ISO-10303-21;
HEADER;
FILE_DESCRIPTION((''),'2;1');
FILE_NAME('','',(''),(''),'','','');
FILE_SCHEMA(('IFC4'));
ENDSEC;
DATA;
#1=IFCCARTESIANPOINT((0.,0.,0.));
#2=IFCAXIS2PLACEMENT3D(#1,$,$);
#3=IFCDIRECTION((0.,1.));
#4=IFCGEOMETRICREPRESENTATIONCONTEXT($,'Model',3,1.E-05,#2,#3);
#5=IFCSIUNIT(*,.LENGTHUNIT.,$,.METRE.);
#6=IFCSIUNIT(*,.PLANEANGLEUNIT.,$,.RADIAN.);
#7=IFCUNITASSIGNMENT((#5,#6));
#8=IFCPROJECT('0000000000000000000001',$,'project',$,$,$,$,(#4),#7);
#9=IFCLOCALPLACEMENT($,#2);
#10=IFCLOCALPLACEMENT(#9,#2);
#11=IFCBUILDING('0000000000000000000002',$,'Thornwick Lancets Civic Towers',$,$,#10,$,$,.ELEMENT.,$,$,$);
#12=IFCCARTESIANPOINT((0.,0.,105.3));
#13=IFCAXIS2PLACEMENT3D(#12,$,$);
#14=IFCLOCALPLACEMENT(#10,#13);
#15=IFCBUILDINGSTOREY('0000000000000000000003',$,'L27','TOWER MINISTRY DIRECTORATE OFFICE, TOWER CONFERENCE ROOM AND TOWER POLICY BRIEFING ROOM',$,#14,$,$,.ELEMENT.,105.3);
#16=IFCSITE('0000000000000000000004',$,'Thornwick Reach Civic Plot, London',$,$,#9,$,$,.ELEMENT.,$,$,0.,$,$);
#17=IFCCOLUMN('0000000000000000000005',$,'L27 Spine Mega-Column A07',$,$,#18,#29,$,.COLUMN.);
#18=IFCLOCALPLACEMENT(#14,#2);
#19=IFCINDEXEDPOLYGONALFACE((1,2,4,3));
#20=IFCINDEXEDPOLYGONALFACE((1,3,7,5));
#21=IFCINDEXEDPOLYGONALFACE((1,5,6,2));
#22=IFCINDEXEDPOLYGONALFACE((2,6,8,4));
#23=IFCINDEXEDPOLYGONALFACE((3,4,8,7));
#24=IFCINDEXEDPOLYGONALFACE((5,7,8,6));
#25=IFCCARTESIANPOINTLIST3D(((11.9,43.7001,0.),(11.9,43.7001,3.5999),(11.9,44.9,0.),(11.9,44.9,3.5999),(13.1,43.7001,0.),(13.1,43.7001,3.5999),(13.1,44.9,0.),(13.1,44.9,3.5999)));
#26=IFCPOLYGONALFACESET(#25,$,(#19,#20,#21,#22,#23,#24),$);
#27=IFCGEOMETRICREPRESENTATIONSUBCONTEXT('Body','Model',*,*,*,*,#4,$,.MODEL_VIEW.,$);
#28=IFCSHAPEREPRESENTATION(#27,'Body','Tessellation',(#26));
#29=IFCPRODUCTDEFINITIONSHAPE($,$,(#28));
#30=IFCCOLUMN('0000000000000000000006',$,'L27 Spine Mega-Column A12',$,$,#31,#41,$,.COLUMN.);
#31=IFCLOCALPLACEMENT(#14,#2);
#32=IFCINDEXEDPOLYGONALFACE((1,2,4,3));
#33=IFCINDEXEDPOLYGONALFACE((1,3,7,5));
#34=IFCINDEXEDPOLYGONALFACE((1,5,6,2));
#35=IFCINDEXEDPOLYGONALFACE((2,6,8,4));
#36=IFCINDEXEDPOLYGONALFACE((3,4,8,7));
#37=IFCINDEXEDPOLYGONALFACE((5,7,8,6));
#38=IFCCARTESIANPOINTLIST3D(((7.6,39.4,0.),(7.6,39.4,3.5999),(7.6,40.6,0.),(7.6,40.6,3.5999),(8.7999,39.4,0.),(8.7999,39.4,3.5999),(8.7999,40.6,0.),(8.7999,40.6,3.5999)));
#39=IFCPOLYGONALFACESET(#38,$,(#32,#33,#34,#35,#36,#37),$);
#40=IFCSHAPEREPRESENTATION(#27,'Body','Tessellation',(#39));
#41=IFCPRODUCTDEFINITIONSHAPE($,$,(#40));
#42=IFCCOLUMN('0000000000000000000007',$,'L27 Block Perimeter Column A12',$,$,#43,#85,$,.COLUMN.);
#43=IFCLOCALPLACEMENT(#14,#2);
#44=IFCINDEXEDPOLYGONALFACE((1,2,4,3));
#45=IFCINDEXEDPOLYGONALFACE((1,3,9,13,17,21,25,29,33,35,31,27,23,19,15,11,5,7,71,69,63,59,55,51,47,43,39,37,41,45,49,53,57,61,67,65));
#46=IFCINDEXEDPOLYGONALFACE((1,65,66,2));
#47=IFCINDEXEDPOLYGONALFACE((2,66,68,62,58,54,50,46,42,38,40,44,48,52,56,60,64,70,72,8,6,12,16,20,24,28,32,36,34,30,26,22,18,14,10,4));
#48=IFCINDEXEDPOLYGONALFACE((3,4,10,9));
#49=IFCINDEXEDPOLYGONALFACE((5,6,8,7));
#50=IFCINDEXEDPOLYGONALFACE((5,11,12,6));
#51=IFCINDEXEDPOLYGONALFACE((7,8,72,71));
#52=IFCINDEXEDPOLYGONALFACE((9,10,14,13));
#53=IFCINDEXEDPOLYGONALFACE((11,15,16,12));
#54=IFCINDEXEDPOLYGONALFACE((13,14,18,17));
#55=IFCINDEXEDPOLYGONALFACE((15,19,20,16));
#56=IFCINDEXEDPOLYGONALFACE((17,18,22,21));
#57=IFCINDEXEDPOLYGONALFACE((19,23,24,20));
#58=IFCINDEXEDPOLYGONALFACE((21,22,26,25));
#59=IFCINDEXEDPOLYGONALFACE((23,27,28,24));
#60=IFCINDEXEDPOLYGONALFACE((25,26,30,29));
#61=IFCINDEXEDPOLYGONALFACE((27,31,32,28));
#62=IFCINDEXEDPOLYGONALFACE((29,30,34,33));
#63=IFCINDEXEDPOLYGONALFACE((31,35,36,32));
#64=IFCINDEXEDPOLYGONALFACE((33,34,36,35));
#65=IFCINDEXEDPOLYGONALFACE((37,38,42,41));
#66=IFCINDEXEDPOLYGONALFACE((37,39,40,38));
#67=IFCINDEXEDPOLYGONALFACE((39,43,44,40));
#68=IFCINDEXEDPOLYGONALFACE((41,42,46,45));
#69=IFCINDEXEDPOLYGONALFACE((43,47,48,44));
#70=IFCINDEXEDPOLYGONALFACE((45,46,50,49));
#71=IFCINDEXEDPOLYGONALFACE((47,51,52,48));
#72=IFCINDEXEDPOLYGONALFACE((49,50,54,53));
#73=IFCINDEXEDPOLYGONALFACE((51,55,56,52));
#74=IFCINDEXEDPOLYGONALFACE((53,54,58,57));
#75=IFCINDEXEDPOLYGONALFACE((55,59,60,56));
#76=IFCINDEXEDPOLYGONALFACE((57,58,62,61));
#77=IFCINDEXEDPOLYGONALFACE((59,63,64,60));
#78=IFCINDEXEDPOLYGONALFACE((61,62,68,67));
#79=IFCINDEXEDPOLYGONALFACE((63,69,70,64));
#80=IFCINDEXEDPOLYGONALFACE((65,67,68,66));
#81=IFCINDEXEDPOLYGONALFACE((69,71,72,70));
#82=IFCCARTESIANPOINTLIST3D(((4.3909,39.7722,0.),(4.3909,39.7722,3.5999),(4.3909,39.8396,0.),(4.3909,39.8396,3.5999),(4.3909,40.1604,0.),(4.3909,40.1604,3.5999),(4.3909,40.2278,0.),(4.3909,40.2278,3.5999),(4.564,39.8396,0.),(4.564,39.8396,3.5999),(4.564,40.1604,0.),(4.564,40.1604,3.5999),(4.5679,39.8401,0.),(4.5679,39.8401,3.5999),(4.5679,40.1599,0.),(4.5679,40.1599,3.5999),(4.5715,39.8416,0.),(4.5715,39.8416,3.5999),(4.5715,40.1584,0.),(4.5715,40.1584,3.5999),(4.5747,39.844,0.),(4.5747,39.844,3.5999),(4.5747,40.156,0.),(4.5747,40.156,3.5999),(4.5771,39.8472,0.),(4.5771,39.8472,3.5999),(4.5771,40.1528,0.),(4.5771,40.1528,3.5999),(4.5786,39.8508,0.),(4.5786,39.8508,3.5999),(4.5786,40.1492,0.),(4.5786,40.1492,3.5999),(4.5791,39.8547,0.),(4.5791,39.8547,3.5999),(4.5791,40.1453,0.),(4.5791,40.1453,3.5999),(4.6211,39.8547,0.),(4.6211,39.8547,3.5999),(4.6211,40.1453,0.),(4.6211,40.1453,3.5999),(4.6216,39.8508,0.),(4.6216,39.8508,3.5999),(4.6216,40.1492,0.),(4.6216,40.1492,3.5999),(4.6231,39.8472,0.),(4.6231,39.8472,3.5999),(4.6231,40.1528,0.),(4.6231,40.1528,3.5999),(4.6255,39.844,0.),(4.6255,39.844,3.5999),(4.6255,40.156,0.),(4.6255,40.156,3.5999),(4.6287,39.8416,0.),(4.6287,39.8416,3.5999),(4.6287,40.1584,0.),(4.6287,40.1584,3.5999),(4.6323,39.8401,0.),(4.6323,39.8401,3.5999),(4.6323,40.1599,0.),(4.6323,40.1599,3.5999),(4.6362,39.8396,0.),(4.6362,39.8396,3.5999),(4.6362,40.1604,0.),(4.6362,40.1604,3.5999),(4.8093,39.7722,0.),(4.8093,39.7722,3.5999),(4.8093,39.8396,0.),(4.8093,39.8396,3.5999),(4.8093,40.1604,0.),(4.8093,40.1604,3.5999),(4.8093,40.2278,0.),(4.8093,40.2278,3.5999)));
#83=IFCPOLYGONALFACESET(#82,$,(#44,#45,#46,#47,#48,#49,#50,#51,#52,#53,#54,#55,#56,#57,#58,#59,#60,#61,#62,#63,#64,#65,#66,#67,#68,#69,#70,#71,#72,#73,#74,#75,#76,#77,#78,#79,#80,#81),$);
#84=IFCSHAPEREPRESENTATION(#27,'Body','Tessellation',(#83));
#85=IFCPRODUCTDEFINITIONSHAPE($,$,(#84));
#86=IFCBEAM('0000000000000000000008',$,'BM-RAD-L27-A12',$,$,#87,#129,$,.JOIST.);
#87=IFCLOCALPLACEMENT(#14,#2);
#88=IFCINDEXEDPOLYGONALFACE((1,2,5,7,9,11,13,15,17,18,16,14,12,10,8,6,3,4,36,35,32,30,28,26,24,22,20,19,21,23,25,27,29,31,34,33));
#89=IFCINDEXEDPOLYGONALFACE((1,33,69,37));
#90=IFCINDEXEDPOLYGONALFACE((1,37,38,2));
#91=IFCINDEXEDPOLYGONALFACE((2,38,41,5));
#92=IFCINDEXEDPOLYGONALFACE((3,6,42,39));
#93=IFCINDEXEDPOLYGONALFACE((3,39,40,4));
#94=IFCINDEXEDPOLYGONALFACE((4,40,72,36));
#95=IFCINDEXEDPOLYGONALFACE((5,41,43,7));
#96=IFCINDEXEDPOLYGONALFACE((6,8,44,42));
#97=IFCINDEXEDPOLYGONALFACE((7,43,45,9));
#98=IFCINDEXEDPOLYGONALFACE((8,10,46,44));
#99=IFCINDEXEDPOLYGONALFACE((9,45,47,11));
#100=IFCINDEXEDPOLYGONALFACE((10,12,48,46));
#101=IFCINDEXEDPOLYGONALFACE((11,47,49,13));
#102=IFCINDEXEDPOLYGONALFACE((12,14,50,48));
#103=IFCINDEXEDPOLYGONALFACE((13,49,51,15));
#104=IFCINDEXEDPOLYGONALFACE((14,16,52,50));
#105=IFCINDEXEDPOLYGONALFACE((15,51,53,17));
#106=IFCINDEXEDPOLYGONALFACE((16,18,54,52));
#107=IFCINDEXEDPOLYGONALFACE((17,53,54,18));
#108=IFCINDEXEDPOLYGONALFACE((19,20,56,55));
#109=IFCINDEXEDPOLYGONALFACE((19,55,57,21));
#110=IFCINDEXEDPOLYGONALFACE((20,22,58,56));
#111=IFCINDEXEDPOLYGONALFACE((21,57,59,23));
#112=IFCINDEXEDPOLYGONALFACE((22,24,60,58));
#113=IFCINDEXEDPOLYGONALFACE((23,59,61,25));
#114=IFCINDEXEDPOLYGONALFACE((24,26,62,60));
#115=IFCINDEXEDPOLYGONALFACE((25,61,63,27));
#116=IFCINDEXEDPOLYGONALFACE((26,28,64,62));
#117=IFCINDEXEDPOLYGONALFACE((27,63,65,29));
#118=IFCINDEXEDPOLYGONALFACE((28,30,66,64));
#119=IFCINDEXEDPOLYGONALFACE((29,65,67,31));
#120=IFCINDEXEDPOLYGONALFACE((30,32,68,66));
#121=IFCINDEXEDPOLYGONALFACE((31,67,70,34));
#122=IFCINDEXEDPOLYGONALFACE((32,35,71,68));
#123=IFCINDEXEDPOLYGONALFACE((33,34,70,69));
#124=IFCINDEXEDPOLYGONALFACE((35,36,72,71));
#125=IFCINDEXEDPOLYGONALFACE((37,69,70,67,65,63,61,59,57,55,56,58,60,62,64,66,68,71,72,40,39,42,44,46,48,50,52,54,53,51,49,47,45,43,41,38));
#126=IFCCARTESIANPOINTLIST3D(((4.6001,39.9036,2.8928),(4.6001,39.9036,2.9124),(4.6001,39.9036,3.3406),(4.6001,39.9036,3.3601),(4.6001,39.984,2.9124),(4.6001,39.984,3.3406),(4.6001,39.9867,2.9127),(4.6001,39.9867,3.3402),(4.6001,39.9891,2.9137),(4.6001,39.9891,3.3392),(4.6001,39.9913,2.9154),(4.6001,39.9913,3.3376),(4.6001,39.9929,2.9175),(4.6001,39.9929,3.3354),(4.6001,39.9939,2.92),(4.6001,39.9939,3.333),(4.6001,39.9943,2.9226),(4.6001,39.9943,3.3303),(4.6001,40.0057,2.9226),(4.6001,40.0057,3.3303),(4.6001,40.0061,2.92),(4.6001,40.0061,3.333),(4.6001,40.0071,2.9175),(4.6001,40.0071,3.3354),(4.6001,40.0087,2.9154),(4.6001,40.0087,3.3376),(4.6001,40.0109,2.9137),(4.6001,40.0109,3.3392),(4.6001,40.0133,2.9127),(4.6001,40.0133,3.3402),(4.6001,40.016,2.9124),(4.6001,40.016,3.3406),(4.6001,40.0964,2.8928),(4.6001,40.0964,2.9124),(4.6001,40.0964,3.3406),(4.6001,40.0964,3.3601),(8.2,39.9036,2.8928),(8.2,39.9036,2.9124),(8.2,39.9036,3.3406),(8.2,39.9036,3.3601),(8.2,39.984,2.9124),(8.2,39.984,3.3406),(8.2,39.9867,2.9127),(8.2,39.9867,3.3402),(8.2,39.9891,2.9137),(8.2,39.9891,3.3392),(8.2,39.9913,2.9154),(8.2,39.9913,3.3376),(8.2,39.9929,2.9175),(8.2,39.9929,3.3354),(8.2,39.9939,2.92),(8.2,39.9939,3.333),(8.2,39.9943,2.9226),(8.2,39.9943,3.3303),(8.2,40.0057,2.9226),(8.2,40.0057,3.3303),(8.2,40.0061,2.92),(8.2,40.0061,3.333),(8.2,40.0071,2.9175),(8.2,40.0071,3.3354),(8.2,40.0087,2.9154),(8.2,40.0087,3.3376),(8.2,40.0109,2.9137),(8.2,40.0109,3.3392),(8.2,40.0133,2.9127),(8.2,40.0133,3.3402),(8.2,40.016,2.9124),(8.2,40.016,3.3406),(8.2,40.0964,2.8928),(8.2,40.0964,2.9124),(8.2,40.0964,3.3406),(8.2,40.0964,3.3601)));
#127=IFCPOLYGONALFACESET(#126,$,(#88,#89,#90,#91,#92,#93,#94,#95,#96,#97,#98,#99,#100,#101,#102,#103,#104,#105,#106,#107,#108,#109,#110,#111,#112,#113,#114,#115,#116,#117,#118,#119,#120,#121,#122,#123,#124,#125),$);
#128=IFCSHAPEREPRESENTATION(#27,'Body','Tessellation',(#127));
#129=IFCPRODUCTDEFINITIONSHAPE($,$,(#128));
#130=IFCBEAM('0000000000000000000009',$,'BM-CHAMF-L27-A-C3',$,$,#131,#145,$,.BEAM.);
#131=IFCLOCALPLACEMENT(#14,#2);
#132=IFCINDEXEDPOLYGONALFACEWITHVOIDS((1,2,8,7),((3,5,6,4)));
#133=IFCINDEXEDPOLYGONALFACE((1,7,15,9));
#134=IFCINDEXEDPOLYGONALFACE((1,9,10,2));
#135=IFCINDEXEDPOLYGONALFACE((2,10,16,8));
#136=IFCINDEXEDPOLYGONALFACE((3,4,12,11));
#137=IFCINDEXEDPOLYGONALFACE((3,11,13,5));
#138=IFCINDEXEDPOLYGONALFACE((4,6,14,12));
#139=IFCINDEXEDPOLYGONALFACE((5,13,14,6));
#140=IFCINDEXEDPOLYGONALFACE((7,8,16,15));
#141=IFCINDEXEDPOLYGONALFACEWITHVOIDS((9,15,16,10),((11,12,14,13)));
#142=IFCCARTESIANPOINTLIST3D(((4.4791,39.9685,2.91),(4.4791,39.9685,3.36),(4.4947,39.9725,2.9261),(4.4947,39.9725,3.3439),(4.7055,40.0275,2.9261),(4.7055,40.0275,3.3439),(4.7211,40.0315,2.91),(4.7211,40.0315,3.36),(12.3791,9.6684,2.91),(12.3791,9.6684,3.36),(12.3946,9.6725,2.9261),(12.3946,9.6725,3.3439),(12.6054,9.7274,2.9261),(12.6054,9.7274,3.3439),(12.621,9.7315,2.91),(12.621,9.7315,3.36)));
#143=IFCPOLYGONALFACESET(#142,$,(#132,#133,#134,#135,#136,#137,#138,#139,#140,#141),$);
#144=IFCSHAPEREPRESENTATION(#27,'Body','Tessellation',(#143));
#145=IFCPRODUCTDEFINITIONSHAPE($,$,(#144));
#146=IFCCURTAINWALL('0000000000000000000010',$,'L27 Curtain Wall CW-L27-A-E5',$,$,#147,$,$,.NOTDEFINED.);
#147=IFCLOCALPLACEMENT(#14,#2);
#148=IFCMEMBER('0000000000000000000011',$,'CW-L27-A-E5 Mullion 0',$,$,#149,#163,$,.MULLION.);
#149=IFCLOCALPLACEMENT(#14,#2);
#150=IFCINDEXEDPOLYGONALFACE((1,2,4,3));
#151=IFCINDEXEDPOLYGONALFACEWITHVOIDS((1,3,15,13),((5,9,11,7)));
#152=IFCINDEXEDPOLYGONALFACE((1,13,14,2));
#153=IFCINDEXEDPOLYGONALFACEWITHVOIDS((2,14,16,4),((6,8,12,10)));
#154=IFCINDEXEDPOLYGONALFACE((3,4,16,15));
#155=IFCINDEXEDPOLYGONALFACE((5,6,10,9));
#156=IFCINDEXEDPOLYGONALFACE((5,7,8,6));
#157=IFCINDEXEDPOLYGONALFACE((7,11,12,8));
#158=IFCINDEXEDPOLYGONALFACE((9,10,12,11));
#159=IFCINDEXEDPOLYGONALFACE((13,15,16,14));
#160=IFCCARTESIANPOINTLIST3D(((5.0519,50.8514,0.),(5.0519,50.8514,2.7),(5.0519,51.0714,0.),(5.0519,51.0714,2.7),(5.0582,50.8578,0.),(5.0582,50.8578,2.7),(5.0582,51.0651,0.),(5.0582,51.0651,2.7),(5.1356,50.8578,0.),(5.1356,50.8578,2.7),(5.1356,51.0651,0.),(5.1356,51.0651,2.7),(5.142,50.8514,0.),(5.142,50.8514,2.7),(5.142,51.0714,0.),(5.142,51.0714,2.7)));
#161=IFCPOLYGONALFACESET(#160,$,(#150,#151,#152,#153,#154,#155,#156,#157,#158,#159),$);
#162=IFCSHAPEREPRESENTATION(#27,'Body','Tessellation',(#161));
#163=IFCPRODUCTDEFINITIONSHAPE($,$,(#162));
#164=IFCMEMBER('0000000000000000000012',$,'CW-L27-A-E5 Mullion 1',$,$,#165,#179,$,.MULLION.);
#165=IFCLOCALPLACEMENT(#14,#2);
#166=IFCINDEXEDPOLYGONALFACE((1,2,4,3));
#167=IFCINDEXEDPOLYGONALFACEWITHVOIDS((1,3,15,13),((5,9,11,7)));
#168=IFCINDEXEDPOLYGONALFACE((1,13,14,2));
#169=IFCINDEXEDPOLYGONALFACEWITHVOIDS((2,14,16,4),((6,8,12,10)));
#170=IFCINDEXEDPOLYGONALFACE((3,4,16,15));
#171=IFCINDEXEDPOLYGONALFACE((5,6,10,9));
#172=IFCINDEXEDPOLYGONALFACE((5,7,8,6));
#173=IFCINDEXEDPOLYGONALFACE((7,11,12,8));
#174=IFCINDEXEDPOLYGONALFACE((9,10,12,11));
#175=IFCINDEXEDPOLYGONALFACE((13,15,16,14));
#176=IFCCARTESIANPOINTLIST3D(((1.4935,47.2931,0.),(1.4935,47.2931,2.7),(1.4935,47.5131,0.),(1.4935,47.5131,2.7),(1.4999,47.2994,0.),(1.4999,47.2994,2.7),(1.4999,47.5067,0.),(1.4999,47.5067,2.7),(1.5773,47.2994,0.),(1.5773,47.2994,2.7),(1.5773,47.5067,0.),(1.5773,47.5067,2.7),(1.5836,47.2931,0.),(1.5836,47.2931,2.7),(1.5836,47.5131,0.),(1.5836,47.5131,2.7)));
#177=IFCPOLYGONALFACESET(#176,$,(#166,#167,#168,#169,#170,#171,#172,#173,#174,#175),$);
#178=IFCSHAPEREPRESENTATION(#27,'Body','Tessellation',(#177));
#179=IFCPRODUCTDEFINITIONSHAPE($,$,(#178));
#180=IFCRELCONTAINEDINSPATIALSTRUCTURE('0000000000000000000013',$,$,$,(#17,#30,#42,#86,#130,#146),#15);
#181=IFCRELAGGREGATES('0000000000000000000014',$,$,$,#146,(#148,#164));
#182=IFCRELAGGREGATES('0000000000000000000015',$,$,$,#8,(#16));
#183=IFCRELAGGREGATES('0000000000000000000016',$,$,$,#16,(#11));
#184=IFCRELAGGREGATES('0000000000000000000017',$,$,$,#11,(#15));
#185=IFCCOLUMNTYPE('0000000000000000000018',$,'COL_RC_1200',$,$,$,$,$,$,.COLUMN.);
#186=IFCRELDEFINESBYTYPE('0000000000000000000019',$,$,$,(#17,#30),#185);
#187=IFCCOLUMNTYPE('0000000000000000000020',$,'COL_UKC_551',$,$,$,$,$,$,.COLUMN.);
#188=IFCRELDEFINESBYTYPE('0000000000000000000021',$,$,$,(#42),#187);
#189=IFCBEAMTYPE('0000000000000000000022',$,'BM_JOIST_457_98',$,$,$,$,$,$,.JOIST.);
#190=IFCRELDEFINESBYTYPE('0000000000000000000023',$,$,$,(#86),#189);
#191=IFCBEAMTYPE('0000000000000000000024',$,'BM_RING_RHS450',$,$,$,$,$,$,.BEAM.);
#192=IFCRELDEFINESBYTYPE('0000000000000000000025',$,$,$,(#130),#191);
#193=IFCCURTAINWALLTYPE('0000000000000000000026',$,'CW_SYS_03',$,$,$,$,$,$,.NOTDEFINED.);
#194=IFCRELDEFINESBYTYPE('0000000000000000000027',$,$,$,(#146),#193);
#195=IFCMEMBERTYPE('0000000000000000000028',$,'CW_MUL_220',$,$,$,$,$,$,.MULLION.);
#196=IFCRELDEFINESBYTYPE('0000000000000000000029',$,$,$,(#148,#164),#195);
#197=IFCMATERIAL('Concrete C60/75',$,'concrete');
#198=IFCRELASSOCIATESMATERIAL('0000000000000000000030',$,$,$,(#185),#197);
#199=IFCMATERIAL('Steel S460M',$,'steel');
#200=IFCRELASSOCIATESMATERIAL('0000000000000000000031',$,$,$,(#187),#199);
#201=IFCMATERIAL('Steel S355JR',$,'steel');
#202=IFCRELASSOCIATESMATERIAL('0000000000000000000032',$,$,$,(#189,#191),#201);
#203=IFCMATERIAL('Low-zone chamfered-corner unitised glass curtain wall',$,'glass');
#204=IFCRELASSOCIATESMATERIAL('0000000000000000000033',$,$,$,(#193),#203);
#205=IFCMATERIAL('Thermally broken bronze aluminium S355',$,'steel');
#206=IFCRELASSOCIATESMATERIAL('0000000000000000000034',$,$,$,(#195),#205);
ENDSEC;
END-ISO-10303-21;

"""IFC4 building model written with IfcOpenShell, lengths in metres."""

from ifc_helpers import new_model, si_unit, direction, frame, origin, origin_2d, place, context, subcontext, project, spatial, rectangle, hollow_rectangle, i_section, extrude, material, material_profile, profile_set, type_object, element, aggregate, save


model = new_model("IFC4")

# Units and contexts
model_context = context("Model", 3, precision=1e-05, world=origin(), true_north=direction((0.0, 1.0)))
body_context = subcontext(model_context, "Body", "Model", "MODEL_VIEW")
ifc_project = project(units=[si_unit("LENGTHUNIT", "METRE"), si_unit("PLANEANGLEUNIT", "RADIAN")], contexts=[model_context])

# Site, building, storey
site_placement = place(None, origin())
site = spatial("IfcSite", under=ifc_project, at=site_placement, Name="Thornwick Reach Civic Plot, London", CompositionType="ELEMENT", RefElevation=0.0)
building_placement = place(site_placement, origin())
building = spatial("IfcBuilding", under=site, at=building_placement, Name="Thornwick Lancets Civic Towers", CompositionType="ELEMENT")
storey_placement = place(building_placement, frame((0.0, 0.0, 105.3)))
storey = spatial("IfcBuildingStorey", under=building, at=storey_placement, Name="L27", Description="TOWER MINISTRY DIRECTORATE OFFICE, TOWER CONFERENCE ROOM AND TOWER POLICY BRIEFING ROOM", CompositionType="ELEMENT", Elevation=105.3)

# Columns
ifc_material_1 = material(Name="Concrete C60/75", Category="concrete")
ifc_material_profile_1 = material_profile(ifc_material_1, rectangle(XDim=1.2, YDim=1.2, at=origin_2d()), Name="RC 1200x1200")
ifc_profile_set_1 = profile_set([ifc_material_profile_1], Name="Concrete C60/75")
column_type_1 = type_object("IfcColumnType", Name="COL_RC_1200", PredefinedType="COLUMN", material=ifc_profile_set_1)
for number, where, z_axis, x_axis, name in (
    (1, (12.5, 44.3, 0.0), (0.0, 0.0, 1.0), (1.0, 0.0, 0.0), "L27 Spine Mega-Column A07"),
    (2, (8.2, 40.0, 0.0), (0.0, 0.0, 1.0), (1.0, 0.0, 0.0), "L27 Spine Mega-Column A12"),
):
    element("IfcColumn", number, at=place(storey_placement, frame(where, z_axis=z_axis, x_axis=x_axis)), inside=storey, type_object=column_type_1, Name=name, PredefinedType="COLUMN", context=body_context, shape_type="SweptSolid", body=[
        extrude(rectangle(XDim=1.2, YDim=1.2, at=origin_2d()), origin(), (0.0, 0.0, 1.0), 3.5999),
    ])
ifc_material_2 = material(Name="Steel S460M", Category="steel")
ifc_material_profile_2 = material_profile(ifc_material_2, i_section(OverallWidth=0.4185, OverallDepth=0.4556, WebThickness=0.042, FlangeThickness=0.0674, FilletRadius=0.0151, at=origin_2d()), Name="UKC 356x406x551")
ifc_profile_set_2 = profile_set([ifc_material_profile_2], Name="Steel S460M")
column_type_2 = type_object("IfcColumnType", Name="COL_UKC_551", PredefinedType="COLUMN", material=ifc_profile_set_2)
column_placement = place(storey_placement, frame((4.6001, 40.0, 0.0), z_axis=(0.0, 0.0, 1.0), x_axis=(1.0, 0.0, 0.0)))
element("IfcColumn", 3, at=column_placement, inside=storey, type_object=column_type_2, Name="L27 Block Perimeter Column A12", PredefinedType="COLUMN", context=body_context, shape_type="SweptSolid", body=[
    extrude(i_section(OverallWidth=0.4185, OverallDepth=0.4556, WebThickness=0.042, FlangeThickness=0.0674, FilletRadius=0.0151, at=origin_2d()), origin(), (0.0, 0.0, 1.0), 3.5999),
])

# Beams
ifc_material_3 = material(Name="Steel S355JR", Category="steel")
ifc_material_profile_3 = material_profile(ifc_material_3, i_section(OverallWidth=0.1929, OverallDepth=0.4673, WebThickness=0.0115, FlangeThickness=0.0195, FilletRadius=0.0103, at=origin_2d()), Name="UKB 457x191x98")
ifc_profile_set_3 = profile_set([ifc_material_profile_3], Name="Steel S355JR")
beam_type_1 = type_object("IfcBeamType", Name="BM_JOIST_457_98", PredefinedType="JOIST", material=ifc_profile_set_3)
beam_1_placement = place(storey_placement, frame((8.2, 40.0, 3.1265), z_axis=(-1.0, 0.0, 0.0), x_axis=(0.0, -1.0, 0.0)))
element("IfcBeam", 4, at=beam_1_placement, inside=storey, type_object=beam_type_1, Name="BM-RAD-L27-A12", PredefinedType="JOIST", context=body_context, shape_type="SweptSolid", body=[
    extrude(i_section(OverallWidth=0.1929, OverallDepth=0.4673, WebThickness=0.0115, FlangeThickness=0.0195, FilletRadius=0.0103, at=origin_2d()), origin(), (0.0, 0.0, 1.0), 3.5999),
])
ifc_material_profile_4 = material_profile(ifc_material_3, hollow_rectangle(XDim=0.25, YDim=0.45, WallThickness=0.0161, at=origin_2d()), Name="RHS 450x250x16")
ifc_profile_set_4 = profile_set([ifc_material_profile_4], Name="Steel S355JR")
beam_type_2 = type_object("IfcBeamType", Name="BM_RING_RHS450", PredefinedType="BEAM", material=ifc_profile_set_4)
beam_2_placement = place(storey_placement, frame((4.6001, 40.0, 3.135), z_axis=(0.252289, -0.967652, 0.0), x_axis=(0.967652, 0.252289, 0.0)))
element("IfcBeam", 5, at=beam_2_placement, inside=storey, type_object=beam_type_2, Name="BM-CHAMF-L27-A-C3", PredefinedType="BEAM", context=body_context, shape_type="SweptSolid", body=[
    extrude(hollow_rectangle(XDim=0.25, YDim=0.45, WallThickness=0.0161, at=origin_2d()), origin(), (0.0, 0.0, 1.0), 31.313),
])

# Curtain wall, members
ifc_material_4 = material(Name="Low-zone chamfered-corner unitised glass curtain wall", Category="glass")
curtain_wall_type = type_object("IfcCurtainWallType", Name="CW_SYS_03", PredefinedType="NOTDEFINED", material=ifc_material_4)
curtain_wall_placement = place(storey_placement, origin())
curtain_wall = element("IfcCurtainWall", 6, at=curtain_wall_placement, inside=storey, type_object=curtain_wall_type, Name="L27 Curtain Wall CW-L27-A-E5", PredefinedType="NOTDEFINED")
ifc_material_5 = material(Name="Thermally broken bronze aluminium S355", Category="steel")
ifc_material_profile_5 = material_profile(ifc_material_5, hollow_rectangle(XDim=0.0901, YDim=0.22, WallThickness=0.0063, at=origin_2d()), Name="RHS 220x90x6.3")
ifc_profile_set_5 = profile_set([ifc_material_profile_5], Name="Thermally broken bronze aluminium S355")
member_type_1 = type_object("IfcMemberType", Name="CW_MUL_220", PredefinedType="MULLION", material=ifc_profile_set_5)
member_1_placement = place(storey_placement, frame((5.0969, 50.9614, 0.0), z_axis=(0.0, 0.0, 1.0), x_axis=(1.0, 0.0, 0.0)))
member_1 = element("IfcMember", 7, at=member_1_placement, type_object=member_type_1, Name="CW-L27-A-E5 Mullion 0", PredefinedType="MULLION", context=body_context, shape_type="SweptSolid", body=[
    extrude(hollow_rectangle(XDim=0.0901, YDim=0.22, WallThickness=0.0063, at=origin_2d()), origin(), (0.0, 0.0, 1.0), 2.7),
])
member_2_placement = place(storey_placement, frame((1.5386, 47.4031, 0.0), z_axis=(0.0, 0.0, 1.0), x_axis=(1.0, 0.0, 0.0)))
member_2 = element("IfcMember", 8, at=member_2_placement, type_object=member_type_1, Name="CW-L27-A-E5 Mullion 1", PredefinedType="MULLION", context=body_context, shape_type="SweptSolid", body=[
    extrude(hollow_rectangle(XDim=0.0901, YDim=0.22, WallThickness=0.0063, at=origin_2d()), origin(), (0.0, 0.0, 1.0), 2.7),
])
aggregate(curtain_wall, [member_1, member_2])

save(model, "model.ifc")
